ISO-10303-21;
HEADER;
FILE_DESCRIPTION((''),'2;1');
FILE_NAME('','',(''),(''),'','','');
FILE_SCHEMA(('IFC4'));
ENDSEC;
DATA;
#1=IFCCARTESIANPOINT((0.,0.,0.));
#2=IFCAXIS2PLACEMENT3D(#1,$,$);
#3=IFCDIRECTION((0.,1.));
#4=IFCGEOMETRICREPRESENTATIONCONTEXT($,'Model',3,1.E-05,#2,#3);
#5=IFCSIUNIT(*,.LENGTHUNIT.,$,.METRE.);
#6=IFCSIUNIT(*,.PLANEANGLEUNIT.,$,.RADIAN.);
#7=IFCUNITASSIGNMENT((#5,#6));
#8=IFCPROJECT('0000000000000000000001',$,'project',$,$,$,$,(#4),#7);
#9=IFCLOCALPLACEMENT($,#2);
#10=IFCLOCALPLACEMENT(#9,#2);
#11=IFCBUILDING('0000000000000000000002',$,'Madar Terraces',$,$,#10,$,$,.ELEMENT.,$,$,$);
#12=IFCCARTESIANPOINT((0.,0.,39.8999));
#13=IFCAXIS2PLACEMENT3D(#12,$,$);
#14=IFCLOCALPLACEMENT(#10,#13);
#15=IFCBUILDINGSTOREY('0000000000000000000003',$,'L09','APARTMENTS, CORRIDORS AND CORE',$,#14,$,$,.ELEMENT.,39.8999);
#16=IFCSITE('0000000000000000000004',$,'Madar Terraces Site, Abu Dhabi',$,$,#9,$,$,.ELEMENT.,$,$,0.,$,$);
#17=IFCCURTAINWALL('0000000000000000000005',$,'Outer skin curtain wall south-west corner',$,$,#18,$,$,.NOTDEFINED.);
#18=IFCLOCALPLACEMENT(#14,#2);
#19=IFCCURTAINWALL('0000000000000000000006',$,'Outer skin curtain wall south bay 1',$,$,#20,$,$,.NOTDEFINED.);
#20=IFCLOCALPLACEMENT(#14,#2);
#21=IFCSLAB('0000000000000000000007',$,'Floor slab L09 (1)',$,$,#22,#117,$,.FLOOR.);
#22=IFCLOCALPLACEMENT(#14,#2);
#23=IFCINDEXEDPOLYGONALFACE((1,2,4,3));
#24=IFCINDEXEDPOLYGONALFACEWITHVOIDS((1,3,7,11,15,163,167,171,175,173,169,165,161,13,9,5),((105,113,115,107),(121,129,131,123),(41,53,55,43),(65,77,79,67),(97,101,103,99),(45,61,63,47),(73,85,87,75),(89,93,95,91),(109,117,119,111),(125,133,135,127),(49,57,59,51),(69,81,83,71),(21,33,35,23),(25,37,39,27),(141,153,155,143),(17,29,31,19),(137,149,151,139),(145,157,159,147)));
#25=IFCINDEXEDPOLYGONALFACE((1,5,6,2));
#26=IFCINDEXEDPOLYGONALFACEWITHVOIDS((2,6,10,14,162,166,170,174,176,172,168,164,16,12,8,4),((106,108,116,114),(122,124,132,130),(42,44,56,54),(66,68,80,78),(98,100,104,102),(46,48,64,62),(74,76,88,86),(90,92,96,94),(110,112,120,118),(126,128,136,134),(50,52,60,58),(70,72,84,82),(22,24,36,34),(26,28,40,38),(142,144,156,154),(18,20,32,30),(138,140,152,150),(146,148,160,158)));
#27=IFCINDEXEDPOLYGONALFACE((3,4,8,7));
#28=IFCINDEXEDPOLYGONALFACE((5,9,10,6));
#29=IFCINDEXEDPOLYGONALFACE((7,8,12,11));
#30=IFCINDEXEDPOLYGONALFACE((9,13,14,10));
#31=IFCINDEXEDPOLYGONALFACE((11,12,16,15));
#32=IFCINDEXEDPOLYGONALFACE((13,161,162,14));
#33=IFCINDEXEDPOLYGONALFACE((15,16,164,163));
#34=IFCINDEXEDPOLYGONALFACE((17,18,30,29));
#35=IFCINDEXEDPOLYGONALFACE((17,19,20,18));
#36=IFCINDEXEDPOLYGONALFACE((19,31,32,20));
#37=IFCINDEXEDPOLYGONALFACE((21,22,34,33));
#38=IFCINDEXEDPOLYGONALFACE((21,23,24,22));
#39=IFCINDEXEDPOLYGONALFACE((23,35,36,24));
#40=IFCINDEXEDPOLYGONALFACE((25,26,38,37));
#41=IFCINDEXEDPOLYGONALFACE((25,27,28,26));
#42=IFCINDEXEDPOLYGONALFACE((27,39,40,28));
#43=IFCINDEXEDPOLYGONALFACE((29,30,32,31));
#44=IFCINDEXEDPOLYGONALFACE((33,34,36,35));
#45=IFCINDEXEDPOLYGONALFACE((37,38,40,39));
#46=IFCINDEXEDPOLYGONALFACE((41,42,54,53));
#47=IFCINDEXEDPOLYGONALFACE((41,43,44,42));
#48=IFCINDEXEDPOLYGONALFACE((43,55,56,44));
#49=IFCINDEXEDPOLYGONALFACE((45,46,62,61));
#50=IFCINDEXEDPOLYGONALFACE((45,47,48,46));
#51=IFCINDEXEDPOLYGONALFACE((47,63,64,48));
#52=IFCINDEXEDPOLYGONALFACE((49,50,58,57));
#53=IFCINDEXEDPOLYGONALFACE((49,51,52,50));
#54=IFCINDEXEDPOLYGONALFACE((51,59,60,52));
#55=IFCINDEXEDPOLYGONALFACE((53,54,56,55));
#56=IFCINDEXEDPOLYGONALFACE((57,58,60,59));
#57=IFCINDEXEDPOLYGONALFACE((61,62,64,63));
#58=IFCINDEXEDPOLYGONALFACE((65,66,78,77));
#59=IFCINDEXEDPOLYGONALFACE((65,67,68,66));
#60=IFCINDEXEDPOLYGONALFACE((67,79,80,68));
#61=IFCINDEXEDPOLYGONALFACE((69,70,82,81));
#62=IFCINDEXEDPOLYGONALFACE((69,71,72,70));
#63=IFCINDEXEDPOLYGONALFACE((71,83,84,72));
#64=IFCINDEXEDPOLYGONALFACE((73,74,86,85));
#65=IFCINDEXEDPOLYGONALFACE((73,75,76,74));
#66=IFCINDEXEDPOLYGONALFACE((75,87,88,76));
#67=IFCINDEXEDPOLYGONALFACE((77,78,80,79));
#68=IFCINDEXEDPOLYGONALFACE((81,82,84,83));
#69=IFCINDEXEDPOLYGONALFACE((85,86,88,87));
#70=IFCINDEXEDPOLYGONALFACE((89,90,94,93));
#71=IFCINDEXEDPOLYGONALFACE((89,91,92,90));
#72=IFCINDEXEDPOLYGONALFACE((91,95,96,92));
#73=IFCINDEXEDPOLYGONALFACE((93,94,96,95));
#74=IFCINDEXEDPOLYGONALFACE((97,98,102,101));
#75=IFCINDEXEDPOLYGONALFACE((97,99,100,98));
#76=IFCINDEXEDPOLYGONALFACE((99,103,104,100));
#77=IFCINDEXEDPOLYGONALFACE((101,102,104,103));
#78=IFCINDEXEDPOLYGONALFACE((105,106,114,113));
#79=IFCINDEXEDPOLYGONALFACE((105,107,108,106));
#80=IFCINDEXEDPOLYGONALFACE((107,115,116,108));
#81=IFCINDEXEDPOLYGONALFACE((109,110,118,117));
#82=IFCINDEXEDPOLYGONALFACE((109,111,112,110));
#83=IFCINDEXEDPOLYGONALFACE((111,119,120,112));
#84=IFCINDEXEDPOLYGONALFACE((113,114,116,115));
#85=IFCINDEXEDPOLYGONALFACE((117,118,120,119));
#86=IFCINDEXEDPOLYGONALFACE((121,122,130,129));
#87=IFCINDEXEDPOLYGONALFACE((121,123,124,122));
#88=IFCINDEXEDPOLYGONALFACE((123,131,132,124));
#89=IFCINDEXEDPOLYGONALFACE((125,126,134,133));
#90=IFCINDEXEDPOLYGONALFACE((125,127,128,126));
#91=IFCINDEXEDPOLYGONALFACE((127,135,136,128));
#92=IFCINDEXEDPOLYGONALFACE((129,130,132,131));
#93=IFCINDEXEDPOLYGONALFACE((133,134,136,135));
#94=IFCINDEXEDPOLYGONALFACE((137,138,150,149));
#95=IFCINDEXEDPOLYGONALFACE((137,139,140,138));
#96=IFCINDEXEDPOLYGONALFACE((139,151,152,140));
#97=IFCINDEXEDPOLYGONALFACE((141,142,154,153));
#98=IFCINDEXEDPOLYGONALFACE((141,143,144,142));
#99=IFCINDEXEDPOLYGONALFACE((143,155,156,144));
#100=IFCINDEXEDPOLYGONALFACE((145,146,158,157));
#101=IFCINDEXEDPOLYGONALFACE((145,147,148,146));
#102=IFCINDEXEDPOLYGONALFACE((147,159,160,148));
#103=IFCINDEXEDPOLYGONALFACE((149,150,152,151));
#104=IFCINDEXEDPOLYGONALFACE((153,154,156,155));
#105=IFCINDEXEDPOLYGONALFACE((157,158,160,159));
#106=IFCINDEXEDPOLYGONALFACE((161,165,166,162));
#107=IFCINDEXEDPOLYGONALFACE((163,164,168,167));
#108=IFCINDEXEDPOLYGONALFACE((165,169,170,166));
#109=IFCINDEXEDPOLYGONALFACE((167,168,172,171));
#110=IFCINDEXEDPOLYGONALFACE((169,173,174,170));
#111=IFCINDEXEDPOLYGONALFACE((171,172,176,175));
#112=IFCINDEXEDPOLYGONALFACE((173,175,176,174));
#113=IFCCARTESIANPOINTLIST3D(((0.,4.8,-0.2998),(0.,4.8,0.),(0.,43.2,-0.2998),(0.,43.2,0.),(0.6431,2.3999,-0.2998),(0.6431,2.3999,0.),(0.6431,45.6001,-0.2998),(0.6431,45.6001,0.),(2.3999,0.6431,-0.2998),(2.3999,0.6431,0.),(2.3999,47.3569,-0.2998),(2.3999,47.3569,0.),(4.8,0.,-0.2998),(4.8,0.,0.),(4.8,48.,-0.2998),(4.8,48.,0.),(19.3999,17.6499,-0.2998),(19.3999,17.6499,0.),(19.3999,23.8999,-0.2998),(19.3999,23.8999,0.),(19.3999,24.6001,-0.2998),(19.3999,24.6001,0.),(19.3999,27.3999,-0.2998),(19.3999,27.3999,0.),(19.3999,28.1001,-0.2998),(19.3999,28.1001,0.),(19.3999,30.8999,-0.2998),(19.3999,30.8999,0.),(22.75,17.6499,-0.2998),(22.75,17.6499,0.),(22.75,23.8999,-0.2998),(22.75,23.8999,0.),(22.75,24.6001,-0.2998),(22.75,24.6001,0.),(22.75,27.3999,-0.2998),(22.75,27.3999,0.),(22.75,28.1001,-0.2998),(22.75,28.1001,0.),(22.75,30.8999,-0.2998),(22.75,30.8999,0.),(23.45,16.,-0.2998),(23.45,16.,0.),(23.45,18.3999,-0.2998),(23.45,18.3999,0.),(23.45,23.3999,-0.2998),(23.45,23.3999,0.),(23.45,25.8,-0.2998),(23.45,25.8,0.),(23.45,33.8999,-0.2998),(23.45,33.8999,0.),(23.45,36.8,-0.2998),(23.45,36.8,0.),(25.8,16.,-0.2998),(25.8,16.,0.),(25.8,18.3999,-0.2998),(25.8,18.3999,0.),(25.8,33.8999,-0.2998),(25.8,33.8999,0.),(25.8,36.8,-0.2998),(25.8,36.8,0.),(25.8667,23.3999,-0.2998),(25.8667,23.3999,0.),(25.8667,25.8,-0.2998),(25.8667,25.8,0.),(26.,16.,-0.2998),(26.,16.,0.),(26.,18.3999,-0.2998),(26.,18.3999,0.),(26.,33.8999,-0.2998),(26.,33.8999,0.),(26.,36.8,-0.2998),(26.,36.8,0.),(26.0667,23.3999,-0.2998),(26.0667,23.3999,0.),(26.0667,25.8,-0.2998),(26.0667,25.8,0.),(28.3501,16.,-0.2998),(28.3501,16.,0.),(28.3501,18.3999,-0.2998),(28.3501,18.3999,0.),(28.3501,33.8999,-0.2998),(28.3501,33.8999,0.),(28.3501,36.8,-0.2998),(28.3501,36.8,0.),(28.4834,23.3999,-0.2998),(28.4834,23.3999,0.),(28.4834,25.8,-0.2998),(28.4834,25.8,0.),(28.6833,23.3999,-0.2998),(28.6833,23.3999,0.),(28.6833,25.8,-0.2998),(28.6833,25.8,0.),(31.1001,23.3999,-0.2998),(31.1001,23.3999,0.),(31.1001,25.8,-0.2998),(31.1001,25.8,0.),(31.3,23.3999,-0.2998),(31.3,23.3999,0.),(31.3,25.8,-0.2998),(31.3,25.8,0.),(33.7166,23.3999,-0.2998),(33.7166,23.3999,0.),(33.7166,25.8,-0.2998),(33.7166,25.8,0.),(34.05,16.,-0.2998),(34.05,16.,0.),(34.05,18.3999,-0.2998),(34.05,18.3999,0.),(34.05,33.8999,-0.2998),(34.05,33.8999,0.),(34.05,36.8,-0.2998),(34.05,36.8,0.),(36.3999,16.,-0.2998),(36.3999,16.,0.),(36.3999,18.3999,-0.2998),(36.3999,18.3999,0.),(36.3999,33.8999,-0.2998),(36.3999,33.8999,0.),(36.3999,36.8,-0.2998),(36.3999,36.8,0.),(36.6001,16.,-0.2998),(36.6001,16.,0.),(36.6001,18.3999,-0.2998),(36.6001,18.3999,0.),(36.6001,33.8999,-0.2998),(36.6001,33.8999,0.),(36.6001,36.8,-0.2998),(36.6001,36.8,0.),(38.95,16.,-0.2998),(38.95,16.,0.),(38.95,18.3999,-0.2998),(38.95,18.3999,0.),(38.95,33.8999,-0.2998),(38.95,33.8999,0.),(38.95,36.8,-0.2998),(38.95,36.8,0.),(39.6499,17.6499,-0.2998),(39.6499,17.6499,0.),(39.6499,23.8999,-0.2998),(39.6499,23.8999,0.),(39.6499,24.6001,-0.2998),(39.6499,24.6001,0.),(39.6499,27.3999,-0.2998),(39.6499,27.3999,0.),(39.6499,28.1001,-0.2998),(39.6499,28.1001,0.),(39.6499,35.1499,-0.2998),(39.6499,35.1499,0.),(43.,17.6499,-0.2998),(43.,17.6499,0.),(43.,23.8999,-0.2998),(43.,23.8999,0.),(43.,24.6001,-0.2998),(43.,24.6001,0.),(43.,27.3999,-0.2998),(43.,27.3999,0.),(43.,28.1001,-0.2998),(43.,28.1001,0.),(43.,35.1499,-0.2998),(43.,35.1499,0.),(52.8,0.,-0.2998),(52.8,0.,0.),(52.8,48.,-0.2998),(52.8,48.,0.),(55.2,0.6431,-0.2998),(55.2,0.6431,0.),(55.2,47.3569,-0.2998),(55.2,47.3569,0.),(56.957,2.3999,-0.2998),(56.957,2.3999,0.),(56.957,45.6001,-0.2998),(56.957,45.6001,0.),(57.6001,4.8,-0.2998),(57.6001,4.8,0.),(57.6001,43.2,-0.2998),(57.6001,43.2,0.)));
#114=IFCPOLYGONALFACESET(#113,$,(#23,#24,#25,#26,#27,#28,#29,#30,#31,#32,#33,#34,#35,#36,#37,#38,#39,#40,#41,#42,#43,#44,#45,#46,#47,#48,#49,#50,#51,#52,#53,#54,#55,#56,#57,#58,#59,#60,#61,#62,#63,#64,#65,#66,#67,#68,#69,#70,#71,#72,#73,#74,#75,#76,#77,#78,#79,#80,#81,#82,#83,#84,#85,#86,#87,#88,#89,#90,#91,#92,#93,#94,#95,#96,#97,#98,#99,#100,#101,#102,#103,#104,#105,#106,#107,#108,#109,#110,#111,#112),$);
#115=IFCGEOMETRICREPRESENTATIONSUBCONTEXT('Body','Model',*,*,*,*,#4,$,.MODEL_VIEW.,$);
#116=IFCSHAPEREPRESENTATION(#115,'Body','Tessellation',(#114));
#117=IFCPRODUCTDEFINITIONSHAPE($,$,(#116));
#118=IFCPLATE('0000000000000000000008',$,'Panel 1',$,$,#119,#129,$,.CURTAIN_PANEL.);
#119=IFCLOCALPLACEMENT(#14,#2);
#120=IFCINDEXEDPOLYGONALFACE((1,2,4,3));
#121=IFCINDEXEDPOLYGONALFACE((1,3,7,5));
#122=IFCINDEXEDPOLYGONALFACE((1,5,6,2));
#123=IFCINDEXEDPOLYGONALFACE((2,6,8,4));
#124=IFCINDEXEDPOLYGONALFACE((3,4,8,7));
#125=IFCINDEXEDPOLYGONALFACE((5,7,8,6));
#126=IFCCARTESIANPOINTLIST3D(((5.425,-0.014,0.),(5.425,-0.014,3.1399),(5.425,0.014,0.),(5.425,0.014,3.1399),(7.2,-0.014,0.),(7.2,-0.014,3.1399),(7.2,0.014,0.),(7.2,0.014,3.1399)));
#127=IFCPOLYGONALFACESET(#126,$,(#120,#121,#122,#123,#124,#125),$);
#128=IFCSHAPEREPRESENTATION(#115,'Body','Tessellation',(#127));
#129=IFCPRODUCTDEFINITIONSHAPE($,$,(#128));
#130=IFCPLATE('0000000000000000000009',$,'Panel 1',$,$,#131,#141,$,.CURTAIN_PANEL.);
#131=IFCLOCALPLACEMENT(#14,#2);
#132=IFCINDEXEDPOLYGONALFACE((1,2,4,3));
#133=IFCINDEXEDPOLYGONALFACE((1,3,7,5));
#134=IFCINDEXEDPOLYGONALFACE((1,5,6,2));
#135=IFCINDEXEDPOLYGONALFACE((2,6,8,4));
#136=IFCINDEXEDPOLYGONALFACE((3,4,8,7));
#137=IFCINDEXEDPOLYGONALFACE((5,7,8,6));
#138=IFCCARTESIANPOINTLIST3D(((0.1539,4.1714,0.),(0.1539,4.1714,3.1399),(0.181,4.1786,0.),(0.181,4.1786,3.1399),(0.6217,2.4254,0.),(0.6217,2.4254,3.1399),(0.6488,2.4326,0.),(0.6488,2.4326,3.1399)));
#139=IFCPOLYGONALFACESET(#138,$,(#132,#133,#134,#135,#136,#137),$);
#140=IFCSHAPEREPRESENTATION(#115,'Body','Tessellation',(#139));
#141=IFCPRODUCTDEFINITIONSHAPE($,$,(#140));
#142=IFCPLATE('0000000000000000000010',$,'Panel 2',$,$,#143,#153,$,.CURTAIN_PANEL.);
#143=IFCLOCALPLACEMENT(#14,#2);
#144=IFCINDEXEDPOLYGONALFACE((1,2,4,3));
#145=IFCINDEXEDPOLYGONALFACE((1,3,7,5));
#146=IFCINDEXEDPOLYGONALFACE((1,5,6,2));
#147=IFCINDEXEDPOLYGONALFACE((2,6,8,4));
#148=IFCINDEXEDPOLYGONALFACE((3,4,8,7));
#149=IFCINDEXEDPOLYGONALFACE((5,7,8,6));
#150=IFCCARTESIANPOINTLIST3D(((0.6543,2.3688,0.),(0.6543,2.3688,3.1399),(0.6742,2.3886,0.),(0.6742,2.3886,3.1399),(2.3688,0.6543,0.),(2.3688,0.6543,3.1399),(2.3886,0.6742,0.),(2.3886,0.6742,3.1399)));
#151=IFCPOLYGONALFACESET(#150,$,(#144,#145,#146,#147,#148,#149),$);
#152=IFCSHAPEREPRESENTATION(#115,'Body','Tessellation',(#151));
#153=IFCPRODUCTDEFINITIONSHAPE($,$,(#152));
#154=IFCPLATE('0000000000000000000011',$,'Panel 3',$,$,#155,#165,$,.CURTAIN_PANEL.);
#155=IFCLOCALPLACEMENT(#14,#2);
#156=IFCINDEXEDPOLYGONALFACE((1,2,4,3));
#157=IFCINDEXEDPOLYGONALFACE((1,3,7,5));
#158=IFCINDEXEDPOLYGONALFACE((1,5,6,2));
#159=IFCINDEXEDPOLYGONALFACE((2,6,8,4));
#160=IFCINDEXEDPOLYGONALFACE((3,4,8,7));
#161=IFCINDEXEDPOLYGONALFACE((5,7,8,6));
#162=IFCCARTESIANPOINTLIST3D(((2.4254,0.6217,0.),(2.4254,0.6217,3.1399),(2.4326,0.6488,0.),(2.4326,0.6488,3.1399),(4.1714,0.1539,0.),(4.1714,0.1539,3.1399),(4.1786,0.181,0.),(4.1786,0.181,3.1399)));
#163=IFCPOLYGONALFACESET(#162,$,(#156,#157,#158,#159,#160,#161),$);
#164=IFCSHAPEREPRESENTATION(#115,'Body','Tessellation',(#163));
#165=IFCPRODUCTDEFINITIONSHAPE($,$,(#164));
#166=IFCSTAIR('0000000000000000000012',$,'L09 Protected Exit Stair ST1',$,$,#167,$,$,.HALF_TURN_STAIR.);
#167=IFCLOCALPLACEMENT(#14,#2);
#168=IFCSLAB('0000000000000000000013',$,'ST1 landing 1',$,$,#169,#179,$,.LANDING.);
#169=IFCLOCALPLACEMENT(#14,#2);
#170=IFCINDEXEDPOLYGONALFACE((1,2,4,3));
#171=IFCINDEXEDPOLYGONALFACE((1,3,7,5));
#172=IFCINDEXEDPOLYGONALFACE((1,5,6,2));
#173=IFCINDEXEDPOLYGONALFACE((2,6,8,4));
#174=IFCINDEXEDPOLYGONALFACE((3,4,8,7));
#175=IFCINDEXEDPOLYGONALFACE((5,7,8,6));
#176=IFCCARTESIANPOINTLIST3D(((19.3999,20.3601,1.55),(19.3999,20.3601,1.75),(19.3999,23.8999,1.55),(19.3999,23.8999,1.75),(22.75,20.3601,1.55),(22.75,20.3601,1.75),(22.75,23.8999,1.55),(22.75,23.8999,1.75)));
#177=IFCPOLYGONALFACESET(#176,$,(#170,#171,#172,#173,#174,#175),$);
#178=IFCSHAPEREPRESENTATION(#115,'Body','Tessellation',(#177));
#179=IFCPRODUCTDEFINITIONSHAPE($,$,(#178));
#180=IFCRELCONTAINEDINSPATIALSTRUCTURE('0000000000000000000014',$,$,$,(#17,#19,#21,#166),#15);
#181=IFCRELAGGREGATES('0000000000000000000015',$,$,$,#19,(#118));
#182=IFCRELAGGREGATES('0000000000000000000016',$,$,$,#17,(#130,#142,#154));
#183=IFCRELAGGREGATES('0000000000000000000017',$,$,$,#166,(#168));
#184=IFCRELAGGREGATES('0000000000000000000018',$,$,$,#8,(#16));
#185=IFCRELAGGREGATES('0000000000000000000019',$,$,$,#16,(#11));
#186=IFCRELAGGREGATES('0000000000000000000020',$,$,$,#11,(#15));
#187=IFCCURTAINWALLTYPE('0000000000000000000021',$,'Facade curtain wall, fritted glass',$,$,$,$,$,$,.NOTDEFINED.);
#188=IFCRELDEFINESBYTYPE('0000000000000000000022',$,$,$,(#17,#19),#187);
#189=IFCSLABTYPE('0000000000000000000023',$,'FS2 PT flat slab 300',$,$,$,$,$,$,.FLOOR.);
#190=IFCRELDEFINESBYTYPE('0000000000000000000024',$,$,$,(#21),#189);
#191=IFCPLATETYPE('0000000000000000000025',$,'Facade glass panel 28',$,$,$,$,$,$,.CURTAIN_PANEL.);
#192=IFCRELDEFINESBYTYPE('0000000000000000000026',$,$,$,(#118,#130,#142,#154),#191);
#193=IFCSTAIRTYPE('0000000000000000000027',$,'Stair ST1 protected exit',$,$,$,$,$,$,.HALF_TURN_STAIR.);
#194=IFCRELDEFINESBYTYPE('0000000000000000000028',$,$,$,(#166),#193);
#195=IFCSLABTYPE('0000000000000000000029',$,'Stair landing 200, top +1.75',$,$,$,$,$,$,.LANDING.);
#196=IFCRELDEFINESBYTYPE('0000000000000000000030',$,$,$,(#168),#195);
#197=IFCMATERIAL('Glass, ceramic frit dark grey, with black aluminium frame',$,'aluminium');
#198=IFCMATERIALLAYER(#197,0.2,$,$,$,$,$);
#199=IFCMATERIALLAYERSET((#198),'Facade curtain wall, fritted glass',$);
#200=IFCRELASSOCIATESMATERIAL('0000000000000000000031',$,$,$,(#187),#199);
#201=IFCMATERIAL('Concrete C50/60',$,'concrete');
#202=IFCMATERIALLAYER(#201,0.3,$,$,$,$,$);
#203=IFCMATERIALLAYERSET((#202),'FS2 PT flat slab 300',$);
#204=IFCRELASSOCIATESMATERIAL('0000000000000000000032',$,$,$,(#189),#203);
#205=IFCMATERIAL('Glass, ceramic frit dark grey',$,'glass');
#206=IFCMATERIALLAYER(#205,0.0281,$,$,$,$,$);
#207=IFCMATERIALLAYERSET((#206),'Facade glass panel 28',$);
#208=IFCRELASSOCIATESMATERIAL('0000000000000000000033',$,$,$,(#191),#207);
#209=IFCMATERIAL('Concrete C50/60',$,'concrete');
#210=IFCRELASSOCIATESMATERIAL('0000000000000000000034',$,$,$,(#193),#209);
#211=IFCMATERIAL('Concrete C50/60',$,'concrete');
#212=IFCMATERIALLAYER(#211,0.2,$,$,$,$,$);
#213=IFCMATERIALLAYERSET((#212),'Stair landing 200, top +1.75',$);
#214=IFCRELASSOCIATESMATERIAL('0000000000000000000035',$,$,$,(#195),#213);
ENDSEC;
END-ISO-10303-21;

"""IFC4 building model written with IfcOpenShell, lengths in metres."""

from ifc_helpers import new_model, si_unit, direction, frame, origin, origin_2d, place, context, subcontext, project, spatial, polyline, rectangle, outline, extrude, material, layer, layer_set, type_object, element, aggregate, save


model = new_model("IFC4")

# Units and contexts
model_context = context("Model", 3, precision=1e-05, world=origin(), true_north=direction((0.0, 1.0)))
body_context = subcontext(model_context, "Body", "Model", "MODEL_VIEW")
ifc_project = project(units=[si_unit("LENGTHUNIT", "METRE"), si_unit("PLANEANGLEUNIT", "RADIAN")], contexts=[model_context])

# Site, building, storey
site_placement = place(None, origin())
site = spatial("IfcSite", under=ifc_project, at=site_placement, Name="Madar Terraces Site, Abu Dhabi", CompositionType="ELEMENT", RefElevation=0.0)
building_placement = place(site_placement, origin())
building = spatial("IfcBuilding", under=site, at=building_placement, Name="Madar Terraces", CompositionType="ELEMENT")
storey_placement = place(building_placement, frame((0.0, 0.0, 39.8999)))
storey = spatial("IfcBuildingStorey", under=building, at=storey_placement, Name="L09", Description="APARTMENTS, CORRIDORS AND CORE", CompositionType="ELEMENT", Elevation=39.8999)

# Curtain walls
ifc_material_1 = material(Name="Glass, ceramic frit dark grey, with black aluminium frame", Category="aluminium")
ifc_layer_1 = layer(ifc_material_1, 0.2)
ifc_layer_set_1 = layer_set([ifc_layer_1], Name="Facade curtain wall, fritted glass")
curtain_wall_type = type_object("IfcCurtainWallType", Name="Facade curtain wall, fritted glass", PredefinedType="NOTDEFINED", material=ifc_layer_set_1)
curtain_wall_1_placement = place(storey_placement, origin())
curtain_wall_1 = element("IfcCurtainWall", 1, at=curtain_wall_1_placement, inside=storey, type_object=curtain_wall_type, Name="Outer skin curtain wall south-west corner", PredefinedType="NOTDEFINED")
curtain_wall_2_placement = place(storey_placement, origin())
curtain_wall_2 = element("IfcCurtainWall", 2, at=curtain_wall_2_placement, inside=storey, type_object=curtain_wall_type, Name="Outer skin curtain wall south bay 1", PredefinedType="NOTDEFINED")

# Slab
ifc_material_2 = material(Name="Concrete C50/60", Category="concrete")
ifc_layer_2 = layer(ifc_material_2, 0.3)
ifc_layer_set_2 = layer_set([ifc_layer_2], Name="FS2 PT flat slab 300")
slab_type_1 = type_object("IfcSlabType", Name="FS2 PT flat slab 300", PredefinedType="FLOOR", material=ifc_layer_set_2)
slab_1_placement = place(storey_placement, frame((0.0, 0.0, -0.2998)))
element("IfcSlab", 3, at=slab_1_placement, inside=storey, type_object=slab_type_1, Name="Floor slab L09 (1)", PredefinedType="FLOOR", context=body_context, shape_type="SweptSolid", body=[
    extrude(outline(polyline([(52.8, 0.0), (55.2, 0.6431), (56.957, 2.3999), (57.6001, 4.8), (57.6001, 43.2), (56.957, 45.6001), (55.2, 47.3569), (52.8, 48.0), (4.8, 48.0), (2.3999, 47.3569), (0.6431, 45.6001), (0.0, 43.2), (0.0, 4.8), (0.6431, 2.3999), (2.3999, 0.6431), (4.8, 0.0), (52.8, 0.0)]), holes=[polyline([(23.45, 16.0), (23.45, 18.3999), (25.8, 18.3999), (25.8, 16.0), (23.45, 16.0)]), polyline([(26.0, 16.0), (26.0, 18.3999), (28.3501, 18.3999), (28.3501, 16.0), (26.0, 16.0)]), polyline([(19.3999, 17.6499), (19.3999, 23.8999), (22.75, 23.8999), (22.75, 17.6499), (19.3999, 17.6499)]), polyline([(23.45, 23.3999), (23.45, 25.8), (25.8667, 25.8), (25.8667, 23.3999), (23.45, 23.3999)]), polyline([(26.0667, 23.3999), (26.0667, 25.8), (28.4834, 25.8), (28.4834, 23.3999), (26.0667, 23.3999)]), polyline([(19.3999, 24.6001), (19.3999, 27.3999), (22.75, 27.3999), (22.75, 24.6001), (19.3999, 24.6001)]), polyline([(19.3999, 28.1001), (19.3999, 30.8999), (22.75, 30.8999), (22.75, 28.1001), (19.3999, 28.1001)]), polyline([(23.45, 36.8), (25.8, 36.8), (25.8, 33.8999), (23.45, 33.8999), (23.45, 36.8)]), polyline([(26.0, 36.8), (28.3501, 36.8), (28.3501, 33.8999), (26.0, 33.8999), (26.0, 36.8)]), polyline([(34.05, 16.0), (34.05, 18.3999), (36.3999, 18.3999), (36.3999, 16.0), (34.05, 16.0)]), polyline([(36.6001, 16.0), (36.6001, 18.3999), (38.95, 18.3999), (38.95, 16.0), (36.6001, 16.0)]), polyline([(39.6499, 17.6499), (39.6499, 23.8999), (43.0, 23.8999), (43.0, 17.6499), (39.6499, 17.6499)]), polyline([(28.6833, 23.3999), (28.6833, 25.8), (31.1001, 25.8), (31.1001, 23.3999), (28.6833, 23.3999)]), polyline([(31.3, 23.3999), (31.3, 25.8), (33.7166, 25.8), (33.7166, 23.3999), (31.3, 23.3999)]), polyline([(39.6499, 24.6001), (39.6499, 27.3999), (43.0, 27.3999), (43.0, 24.6001), (39.6499, 24.6001)]), polyline([(39.6499, 28.1001), (39.6499, 35.1499), (43.0, 35.1499), (43.0, 28.1001), (39.6499, 28.1001)]), polyline([(34.05, 36.8), (36.3999, 36.8), (36.3999, 33.8999), (34.05, 33.8999), (34.05, 36.8)]), polyline([(36.6001, 36.8), (38.95, 36.8), (38.95, 33.8999), (36.6001, 33.8999), (36.6001, 36.8)])]), origin(), (0.0, 0.0, 1.0), 0.2998),
])

# Plates
ifc_material_3 = material(Name="Glass, ceramic frit dark grey", Category="glass")
ifc_layer_3 = layer(ifc_material_3, 0.0281)
ifc_layer_set_3 = layer_set([ifc_layer_3], Name="Facade glass panel 28")
plate_type = type_object("IfcPlateType", Name="Facade glass panel 28", PredefinedType="CURTAIN_PANEL", material=ifc_layer_set_3)
plate_1_placement = place(storey_placement, frame((6.3125, 0.0, 0.0), z_axis=(0.0, 0.0, 1.0), x_axis=(1.0, 0.0, 0.0)))
plate_1 = element("IfcPlate", 4, at=plate_1_placement, type_object=plate_type, Name="Panel 1", PredefinedType="CURTAIN_PANEL", context=body_context, shape_type="SweptSolid", body=[
    extrude(rectangle(XDim=1.7749, YDim=0.0281, at=origin_2d()), origin(), (0.0, 0.0, 1.0), 3.1399),
])
aggregate(curtain_wall_2, [plate_1])
plate_2_placement = place(storey_placement, frame((0.4014, 3.302, 0.0), z_axis=(0.0, 0.0, 1.0), x_axis=(0.258819, -0.965926, 0.0)))
plate_2 = element("IfcPlate", 5, at=plate_2_placement, type_object=plate_type, Name="Panel 1", PredefinedType="CURTAIN_PANEL", context=body_context, shape_type="SweptSolid", body=[
    extrude(rectangle(XDim=1.8076, YDim=0.0281, at=origin_2d()), origin(), (0.0, 0.0, 1.0), 3.1399),
])
plate_3_placement = place(storey_placement, frame((1.5215, 1.5215, 0.0), z_axis=(0.0, 0.0, 1.0), x_axis=(0.707107, -0.707107, 0.0)))
plate_3 = element("IfcPlate", 6, at=plate_3_placement, type_object=plate_type, Name="Panel 2", PredefinedType="CURTAIN_PANEL", context=body_context, shape_type="SweptSolid", body=[
    extrude(rectangle(XDim=2.4246, YDim=0.0281, at=origin_2d()), origin(), (0.0, 0.0, 1.0), 3.1399),
])
plate_4_placement = place(storey_placement, frame((3.302, 0.4014, 0.0), z_axis=(0.0, 0.0, 1.0), x_axis=(0.965926, -0.258819, 0.0)))
plate_4 = element("IfcPlate", 7, at=plate_4_placement, type_object=plate_type, Name="Panel 3", PredefinedType="CURTAIN_PANEL", context=body_context, shape_type="SweptSolid", body=[
    extrude(rectangle(XDim=1.8076, YDim=0.0281, at=origin_2d()), origin(), (0.0, 0.0, 1.0), 3.1399),
])
aggregate(curtain_wall_1, [plate_2, plate_3, plate_4])

# Stair, slab
ifc_material_4 = material(Name="Concrete C50/60", Category="concrete")
stair_type_1 = type_object("IfcStairType", Name="Stair ST1 protected exit", PredefinedType="HALF_TURN_STAIR", material=ifc_material_4)
stair_1_placement = place(storey_placement, origin())
stair_1 = element("IfcStair", 8, at=stair_1_placement, inside=storey, type_object=stair_type_1, Name="L09 Protected Exit Stair ST1", PredefinedType="HALF_TURN_STAIR")
ifc_material_5 = material(Name="Concrete C50/60", Category="concrete")
ifc_layer_4 = layer(ifc_material_5, 0.2)
ifc_layer_set_4 = layer_set([ifc_layer_4], Name="Stair landing 200, top +1.75")
slab_type_2 = type_object("IfcSlabType", Name="Stair landing 200, top +1.75", PredefinedType="LANDING", material=ifc_layer_set_4)
slab_2_placement = place(storey_placement, frame((0.0, 0.0, 1.55)))
slab_2 = element("IfcSlab", 9, at=slab_2_placement, type_object=slab_type_2, Name="ST1 landing 1", PredefinedType="LANDING", context=body_context, shape_type="SweptSolid", body=[
    extrude(outline(polyline([(19.3999, 20.3601), (22.75, 20.3601), (22.75, 23.8999), (19.3999, 23.8999), (19.3999, 20.3601)])), origin(), (0.0, 0.0, 1.0), 0.2),
])
aggregate(stair_1, [slab_2])

save(model, "model.ifc")
